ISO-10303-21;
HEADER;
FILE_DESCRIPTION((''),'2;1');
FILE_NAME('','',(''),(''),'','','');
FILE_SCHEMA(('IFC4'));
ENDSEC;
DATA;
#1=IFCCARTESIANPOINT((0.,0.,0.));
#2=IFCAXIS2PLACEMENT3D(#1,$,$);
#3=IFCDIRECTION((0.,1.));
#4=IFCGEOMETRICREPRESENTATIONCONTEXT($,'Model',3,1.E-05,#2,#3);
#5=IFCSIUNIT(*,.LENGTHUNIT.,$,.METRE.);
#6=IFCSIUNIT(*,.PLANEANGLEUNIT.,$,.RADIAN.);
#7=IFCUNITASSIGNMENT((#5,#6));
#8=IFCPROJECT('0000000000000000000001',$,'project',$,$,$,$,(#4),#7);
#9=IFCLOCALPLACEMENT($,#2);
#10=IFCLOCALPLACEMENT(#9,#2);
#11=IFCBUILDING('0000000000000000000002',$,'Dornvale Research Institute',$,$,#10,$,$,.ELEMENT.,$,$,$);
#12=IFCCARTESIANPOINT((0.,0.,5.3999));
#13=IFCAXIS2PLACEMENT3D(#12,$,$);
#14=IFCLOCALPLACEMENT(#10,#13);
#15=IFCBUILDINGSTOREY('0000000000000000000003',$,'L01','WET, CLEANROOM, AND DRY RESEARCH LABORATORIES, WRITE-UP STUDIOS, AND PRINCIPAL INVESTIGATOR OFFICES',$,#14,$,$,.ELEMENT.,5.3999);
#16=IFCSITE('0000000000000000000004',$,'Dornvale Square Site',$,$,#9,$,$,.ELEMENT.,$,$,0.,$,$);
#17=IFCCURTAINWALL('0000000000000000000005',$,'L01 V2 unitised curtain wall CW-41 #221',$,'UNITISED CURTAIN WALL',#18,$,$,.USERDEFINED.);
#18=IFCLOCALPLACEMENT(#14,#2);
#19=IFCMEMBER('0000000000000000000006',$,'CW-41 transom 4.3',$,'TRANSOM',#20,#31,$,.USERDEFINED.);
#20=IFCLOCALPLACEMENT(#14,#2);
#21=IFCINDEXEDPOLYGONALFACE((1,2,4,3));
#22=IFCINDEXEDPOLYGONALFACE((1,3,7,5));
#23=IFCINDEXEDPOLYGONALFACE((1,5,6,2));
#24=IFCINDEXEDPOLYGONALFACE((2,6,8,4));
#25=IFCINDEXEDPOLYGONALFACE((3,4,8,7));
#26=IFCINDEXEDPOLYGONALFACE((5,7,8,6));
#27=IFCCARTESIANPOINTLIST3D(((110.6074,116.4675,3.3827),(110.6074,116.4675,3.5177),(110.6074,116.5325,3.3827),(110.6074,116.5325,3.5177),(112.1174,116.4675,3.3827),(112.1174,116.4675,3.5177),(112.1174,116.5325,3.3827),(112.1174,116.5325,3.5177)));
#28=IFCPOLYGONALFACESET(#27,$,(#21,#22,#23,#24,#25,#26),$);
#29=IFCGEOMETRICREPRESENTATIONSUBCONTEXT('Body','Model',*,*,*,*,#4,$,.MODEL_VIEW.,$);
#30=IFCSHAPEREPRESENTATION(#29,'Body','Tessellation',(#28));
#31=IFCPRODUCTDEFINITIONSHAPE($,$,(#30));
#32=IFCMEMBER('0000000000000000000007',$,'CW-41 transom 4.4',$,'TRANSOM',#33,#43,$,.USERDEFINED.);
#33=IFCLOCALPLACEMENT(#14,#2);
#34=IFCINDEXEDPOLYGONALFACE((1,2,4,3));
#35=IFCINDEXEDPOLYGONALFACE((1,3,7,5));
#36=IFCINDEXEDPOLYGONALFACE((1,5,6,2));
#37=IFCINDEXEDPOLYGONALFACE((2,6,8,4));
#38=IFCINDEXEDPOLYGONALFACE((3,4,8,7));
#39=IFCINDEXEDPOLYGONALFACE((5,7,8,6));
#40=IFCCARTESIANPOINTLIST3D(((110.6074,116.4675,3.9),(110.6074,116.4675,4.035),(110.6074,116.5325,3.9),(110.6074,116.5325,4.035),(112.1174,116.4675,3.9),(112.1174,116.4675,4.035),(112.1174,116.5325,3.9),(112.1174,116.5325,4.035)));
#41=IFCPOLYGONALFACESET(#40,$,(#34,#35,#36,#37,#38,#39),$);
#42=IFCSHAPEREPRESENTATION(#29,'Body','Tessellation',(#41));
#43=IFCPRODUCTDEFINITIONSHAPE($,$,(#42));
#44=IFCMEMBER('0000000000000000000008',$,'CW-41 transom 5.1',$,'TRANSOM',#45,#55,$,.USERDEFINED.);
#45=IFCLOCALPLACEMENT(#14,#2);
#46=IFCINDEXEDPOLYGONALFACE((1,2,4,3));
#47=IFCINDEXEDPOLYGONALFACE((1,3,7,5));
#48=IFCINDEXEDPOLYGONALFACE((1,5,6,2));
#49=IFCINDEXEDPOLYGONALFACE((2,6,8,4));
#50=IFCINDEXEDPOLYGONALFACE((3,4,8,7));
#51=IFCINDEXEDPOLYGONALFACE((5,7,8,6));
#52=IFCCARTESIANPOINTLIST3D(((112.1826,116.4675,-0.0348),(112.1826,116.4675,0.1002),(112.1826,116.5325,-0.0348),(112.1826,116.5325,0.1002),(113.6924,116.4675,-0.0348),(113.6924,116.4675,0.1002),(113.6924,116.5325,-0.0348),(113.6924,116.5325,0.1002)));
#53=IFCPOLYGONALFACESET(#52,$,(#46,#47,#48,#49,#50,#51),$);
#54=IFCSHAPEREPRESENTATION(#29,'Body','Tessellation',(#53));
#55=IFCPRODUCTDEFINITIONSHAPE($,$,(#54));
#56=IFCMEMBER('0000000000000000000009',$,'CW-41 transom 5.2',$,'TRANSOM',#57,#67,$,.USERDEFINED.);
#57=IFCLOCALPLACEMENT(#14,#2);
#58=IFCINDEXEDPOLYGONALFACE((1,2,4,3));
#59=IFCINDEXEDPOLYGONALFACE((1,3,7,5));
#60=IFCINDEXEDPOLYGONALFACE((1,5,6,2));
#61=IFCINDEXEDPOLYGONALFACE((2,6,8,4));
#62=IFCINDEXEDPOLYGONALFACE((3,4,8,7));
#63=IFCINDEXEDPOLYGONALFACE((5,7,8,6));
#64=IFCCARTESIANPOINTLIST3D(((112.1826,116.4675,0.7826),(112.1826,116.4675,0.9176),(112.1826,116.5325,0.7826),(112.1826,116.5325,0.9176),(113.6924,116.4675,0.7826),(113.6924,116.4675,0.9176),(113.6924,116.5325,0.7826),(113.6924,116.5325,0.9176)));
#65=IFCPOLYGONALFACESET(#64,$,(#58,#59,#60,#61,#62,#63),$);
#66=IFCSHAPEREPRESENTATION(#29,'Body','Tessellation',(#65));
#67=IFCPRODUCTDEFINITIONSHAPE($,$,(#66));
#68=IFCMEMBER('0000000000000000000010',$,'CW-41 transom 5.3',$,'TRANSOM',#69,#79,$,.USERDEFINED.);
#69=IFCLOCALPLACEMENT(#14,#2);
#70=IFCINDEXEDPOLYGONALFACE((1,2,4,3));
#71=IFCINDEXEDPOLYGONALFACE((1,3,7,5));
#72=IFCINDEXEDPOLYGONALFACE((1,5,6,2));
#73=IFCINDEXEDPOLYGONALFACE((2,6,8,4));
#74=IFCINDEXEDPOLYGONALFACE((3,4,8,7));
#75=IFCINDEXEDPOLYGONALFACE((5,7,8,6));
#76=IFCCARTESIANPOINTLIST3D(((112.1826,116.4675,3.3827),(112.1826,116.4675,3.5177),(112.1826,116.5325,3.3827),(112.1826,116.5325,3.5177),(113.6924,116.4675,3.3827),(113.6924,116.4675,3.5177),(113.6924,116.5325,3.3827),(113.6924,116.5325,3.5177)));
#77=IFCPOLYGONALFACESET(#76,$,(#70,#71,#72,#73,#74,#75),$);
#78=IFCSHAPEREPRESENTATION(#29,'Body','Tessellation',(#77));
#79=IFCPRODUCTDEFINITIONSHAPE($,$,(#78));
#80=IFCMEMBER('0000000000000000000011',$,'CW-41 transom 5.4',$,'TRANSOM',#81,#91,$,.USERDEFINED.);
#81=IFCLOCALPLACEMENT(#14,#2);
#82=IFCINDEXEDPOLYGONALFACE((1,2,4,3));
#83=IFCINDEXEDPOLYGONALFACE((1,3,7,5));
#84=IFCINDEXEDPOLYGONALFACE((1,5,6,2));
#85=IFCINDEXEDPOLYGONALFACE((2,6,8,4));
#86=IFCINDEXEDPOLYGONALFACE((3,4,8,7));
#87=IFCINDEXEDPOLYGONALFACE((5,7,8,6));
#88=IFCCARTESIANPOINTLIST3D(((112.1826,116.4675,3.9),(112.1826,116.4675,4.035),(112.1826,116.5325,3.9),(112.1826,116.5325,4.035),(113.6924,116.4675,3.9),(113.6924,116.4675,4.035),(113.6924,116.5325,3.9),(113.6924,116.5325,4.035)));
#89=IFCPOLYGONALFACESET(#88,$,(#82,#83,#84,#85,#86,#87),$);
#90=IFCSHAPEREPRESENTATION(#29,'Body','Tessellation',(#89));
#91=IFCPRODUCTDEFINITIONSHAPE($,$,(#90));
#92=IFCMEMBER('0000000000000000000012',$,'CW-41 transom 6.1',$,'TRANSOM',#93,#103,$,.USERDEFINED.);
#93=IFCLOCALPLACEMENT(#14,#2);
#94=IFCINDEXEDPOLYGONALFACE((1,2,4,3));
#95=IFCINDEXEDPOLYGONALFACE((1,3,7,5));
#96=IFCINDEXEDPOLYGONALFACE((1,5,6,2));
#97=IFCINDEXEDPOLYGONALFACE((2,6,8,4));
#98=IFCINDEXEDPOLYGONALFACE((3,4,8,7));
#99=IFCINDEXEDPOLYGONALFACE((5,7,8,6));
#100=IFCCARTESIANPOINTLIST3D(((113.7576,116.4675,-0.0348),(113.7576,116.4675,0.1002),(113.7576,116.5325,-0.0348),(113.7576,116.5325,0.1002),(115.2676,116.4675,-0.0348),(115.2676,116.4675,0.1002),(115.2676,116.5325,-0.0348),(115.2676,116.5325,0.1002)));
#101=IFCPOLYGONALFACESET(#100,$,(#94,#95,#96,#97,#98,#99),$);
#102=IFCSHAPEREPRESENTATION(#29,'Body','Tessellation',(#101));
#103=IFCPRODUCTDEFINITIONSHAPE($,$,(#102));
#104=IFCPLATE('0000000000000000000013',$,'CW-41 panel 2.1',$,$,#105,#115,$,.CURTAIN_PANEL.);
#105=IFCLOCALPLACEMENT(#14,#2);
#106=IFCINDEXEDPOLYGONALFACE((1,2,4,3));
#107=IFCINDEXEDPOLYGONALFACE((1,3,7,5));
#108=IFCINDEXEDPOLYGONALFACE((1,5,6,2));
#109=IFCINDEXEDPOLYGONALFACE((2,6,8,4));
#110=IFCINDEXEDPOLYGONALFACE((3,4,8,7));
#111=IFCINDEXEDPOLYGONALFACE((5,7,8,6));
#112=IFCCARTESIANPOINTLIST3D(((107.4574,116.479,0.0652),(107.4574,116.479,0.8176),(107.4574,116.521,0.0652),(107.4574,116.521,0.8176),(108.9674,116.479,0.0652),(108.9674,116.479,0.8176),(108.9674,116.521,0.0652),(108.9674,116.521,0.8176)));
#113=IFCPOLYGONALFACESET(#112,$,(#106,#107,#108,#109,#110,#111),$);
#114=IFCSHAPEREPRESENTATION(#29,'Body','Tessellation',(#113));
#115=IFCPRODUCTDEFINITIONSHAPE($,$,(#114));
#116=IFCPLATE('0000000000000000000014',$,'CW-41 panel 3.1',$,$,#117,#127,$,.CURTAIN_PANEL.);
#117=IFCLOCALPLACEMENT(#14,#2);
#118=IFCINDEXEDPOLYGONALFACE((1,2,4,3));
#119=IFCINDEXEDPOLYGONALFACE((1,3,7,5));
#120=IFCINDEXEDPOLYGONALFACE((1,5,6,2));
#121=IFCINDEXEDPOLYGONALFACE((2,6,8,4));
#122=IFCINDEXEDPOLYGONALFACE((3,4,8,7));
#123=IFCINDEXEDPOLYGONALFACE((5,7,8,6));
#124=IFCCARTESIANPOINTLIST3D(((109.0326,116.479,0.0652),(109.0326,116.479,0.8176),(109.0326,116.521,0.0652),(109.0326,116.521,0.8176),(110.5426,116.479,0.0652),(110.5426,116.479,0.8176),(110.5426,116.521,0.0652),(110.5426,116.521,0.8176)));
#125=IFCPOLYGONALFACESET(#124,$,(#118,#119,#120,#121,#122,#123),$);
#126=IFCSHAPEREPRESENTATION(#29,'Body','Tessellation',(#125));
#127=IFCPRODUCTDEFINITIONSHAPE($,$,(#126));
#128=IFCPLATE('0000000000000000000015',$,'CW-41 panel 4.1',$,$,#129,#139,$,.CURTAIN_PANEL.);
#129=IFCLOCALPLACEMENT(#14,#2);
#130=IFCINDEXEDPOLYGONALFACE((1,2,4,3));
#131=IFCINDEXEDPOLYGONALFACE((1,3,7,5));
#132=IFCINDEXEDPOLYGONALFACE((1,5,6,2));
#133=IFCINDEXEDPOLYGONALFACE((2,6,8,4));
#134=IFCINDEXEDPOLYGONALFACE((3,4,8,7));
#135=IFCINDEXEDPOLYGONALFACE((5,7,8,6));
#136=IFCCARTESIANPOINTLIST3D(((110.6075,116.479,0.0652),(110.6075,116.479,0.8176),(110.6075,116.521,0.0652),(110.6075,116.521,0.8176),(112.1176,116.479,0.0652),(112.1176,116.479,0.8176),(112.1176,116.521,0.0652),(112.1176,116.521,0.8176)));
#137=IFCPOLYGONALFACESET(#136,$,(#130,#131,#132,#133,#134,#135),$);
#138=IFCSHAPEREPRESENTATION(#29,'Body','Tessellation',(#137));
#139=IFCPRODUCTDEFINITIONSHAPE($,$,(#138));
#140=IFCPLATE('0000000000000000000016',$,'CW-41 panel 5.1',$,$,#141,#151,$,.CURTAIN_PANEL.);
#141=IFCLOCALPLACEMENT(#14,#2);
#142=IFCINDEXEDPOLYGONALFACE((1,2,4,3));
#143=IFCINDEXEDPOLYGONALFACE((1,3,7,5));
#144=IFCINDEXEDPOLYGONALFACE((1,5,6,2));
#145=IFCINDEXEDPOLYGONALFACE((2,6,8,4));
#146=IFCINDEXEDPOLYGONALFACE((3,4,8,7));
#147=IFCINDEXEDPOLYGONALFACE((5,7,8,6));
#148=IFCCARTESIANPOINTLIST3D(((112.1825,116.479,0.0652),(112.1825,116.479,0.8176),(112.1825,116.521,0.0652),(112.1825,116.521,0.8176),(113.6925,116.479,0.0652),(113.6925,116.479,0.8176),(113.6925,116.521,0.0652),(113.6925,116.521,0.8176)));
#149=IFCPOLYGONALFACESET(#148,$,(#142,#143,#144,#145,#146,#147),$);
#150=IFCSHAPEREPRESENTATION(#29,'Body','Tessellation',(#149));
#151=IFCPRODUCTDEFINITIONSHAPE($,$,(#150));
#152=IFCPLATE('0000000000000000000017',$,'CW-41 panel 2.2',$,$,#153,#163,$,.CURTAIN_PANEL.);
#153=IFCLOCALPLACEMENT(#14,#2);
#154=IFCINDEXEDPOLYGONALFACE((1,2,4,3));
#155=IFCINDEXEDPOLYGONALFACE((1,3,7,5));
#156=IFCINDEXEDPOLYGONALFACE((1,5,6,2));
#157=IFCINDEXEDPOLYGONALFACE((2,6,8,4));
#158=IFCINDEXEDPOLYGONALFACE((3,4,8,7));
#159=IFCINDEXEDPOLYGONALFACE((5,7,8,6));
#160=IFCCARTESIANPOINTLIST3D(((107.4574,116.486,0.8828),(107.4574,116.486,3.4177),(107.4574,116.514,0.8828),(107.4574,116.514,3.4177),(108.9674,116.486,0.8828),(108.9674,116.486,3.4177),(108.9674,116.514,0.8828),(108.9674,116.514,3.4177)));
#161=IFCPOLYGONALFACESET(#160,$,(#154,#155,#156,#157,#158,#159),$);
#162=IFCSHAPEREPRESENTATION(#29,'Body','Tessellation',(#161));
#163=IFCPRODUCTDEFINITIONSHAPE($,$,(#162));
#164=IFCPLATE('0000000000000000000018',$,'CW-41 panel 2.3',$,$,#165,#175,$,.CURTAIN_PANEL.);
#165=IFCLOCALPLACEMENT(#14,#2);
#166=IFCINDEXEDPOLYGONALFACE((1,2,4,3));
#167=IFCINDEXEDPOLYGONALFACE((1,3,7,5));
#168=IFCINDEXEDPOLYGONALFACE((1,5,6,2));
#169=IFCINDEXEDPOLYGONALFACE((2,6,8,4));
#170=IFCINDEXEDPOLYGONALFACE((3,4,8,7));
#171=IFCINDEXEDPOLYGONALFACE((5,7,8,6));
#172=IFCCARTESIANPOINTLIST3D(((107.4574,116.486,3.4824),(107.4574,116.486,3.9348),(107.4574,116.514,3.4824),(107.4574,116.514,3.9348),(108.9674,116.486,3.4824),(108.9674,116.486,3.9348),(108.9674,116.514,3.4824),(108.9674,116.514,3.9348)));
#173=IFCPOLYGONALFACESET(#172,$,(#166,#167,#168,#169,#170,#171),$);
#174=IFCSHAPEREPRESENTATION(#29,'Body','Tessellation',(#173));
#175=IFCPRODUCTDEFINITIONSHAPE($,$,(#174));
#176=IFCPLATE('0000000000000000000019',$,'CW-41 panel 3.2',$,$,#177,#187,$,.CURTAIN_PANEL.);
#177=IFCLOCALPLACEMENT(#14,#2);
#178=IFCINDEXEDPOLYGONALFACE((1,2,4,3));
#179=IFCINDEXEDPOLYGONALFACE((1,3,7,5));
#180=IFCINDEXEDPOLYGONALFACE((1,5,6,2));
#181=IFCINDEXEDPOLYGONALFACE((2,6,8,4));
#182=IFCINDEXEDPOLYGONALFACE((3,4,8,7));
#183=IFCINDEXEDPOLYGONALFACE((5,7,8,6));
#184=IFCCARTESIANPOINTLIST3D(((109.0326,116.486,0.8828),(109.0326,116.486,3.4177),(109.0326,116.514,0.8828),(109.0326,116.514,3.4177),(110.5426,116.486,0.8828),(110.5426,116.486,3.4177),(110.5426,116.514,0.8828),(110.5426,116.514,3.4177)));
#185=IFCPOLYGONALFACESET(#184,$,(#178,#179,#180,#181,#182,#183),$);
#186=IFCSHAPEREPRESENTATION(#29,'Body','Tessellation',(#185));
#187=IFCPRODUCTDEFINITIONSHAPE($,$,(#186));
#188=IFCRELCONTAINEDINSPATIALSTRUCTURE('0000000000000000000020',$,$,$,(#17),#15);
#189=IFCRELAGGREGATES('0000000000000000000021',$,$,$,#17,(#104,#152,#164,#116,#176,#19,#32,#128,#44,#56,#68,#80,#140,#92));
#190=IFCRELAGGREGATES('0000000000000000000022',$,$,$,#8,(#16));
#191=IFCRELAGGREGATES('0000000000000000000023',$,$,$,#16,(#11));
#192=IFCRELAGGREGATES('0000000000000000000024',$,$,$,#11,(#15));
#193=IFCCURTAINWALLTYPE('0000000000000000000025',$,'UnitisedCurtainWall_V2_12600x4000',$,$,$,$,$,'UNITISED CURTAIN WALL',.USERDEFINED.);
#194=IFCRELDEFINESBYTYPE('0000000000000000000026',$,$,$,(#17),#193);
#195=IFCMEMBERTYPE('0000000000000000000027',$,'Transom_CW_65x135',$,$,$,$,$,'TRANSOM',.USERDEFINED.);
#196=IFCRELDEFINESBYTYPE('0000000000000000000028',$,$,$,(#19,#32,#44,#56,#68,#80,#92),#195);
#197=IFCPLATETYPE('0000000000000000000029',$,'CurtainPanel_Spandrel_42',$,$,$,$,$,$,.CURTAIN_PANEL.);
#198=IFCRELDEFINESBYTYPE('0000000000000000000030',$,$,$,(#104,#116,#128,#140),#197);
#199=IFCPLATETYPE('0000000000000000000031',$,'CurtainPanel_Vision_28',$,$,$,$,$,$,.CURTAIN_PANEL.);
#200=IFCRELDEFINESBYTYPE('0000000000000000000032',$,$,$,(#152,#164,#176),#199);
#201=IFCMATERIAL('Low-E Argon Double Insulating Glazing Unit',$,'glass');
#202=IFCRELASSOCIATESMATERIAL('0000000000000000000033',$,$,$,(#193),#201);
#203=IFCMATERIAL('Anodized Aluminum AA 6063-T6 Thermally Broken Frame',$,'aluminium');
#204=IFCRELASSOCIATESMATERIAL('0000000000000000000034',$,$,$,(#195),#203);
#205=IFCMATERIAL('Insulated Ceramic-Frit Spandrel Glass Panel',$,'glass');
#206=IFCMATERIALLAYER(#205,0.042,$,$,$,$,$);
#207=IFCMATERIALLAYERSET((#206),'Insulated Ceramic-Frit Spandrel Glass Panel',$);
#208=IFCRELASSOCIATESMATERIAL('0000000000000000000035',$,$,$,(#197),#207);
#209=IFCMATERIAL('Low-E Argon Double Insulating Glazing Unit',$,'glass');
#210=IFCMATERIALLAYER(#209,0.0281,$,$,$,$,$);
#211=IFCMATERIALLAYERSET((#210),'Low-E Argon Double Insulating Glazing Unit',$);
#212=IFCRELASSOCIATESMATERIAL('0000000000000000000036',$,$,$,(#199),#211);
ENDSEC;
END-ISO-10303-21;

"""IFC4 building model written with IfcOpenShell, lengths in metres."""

from ifc_helpers import new_model, si_unit, direction, frame, origin, origin_2d, place, context, subcontext, project, spatial, rectangle, extrude, material, layer, layer_set, material_profile, profile_set, type_object, element, aggregate, save


model = new_model("IFC4")

# Units and contexts
model_context = context("Model", 3, precision=1e-05, world=origin(), true_north=direction((0.0, 1.0)))
body_context = subcontext(model_context, "Body", "Model", "MODEL_VIEW")
ifc_project = project(units=[si_unit("LENGTHUNIT", "METRE"), si_unit("PLANEANGLEUNIT", "RADIAN")], contexts=[model_context])

# Site, building, storey
site_placement = place(None, origin())
site = spatial("IfcSite", under=ifc_project, at=site_placement, Name="Dornvale Square Site", CompositionType="ELEMENT", RefElevation=0.0)
building_placement = place(site_placement, origin())
building = spatial("IfcBuilding", under=site, at=building_placement, Name="Dornvale Research Institute", CompositionType="ELEMENT")
storey_placement = place(building_placement, frame((0.0, 0.0, 5.3999)))
storey = spatial("IfcBuildingStorey", under=building, at=storey_placement, Name="L01", Description="WET, CLEANROOM, AND DRY RESEARCH LABORATORIES, WRITE-UP STUDIOS, AND PRINCIPAL INVESTIGATOR OFFICES", CompositionType="ELEMENT", Elevation=5.3999)

# Curtain wall, members, plates
ifc_material_1 = material(Name="Low-E Argon Double Insulating Glazing Unit", Category="glass")
curtain_wall_type = type_object("IfcCurtainWallType", Name="UnitisedCurtainWall_V2_12600x4000", ElementType="UNITISED CURTAIN WALL", PredefinedType="USERDEFINED", material=ifc_material_1)
curtain_wall_placement = place(storey_placement, origin())
curtain_wall = element("IfcCurtainWall", 1, at=curtain_wall_placement, inside=storey, type_object=curtain_wall_type, Name="L01 V2 unitised curtain wall CW-41 #221", ObjectType="UNITISED CURTAIN WALL", PredefinedType="USERDEFINED")
ifc_material_2 = material(Name="Anodized Aluminum AA 6063-T6 Thermally Broken Frame", Category="aluminium")
ifc_material_profile_1 = material_profile(ifc_material_2, rectangle(XDim=0.0649, YDim=0.135, at=origin_2d()), Name="ALU TRANSOM 65x135")
ifc_profile_set_1 = profile_set([ifc_material_profile_1], Name="Anodized Aluminum AA 6063-T6 Thermally Broken Frame")
member_type_1 = type_object("IfcMemberType", Name="Transom_CW_65x135", ElementType="TRANSOM", PredefinedType="USERDEFINED", material=ifc_profile_set_1)
member_1_placement = place(storey_placement, frame((110.6074, 116.5, 3.4502), z_axis=(1.0, 0.0, 0.0), x_axis=(0.0, 1.0, 0.0)))
member_1 = element("IfcMember", 2, at=member_1_placement, type_object=member_type_1, Name="CW-41 transom 4.3", ObjectType="TRANSOM", PredefinedType="USERDEFINED", context=body_context, shape_type="SweptSolid", body=[
    extrude(rectangle(XDim=0.0649, YDim=0.135, at=origin_2d()), origin(), (0.0, 0.0, 1.0), 1.51),
])
member_2_placement = place(storey_placement, frame((110.6074, 116.5, 3.9675), z_axis=(1.0, 0.0, 0.0), x_axis=(0.0, 1.0, 0.0)))
member_2 = element("IfcMember", 3, at=member_2_placement, type_object=member_type_1, Name="CW-41 transom 4.4", ObjectType="TRANSOM", PredefinedType="USERDEFINED", context=body_context, shape_type="SweptSolid", body=[
    extrude(rectangle(XDim=0.0649, YDim=0.135, at=origin_2d()), origin(), (0.0, 0.0, 1.0), 1.51),
])
member_3_placement = place(storey_placement, frame((112.1826, 116.5, 0.0327), z_axis=(1.0, 0.0, 0.0), x_axis=(0.0, 1.0, 0.0)))
member_3 = element("IfcMember", 4, at=member_3_placement, type_object=member_type_1, Name="CW-41 transom 5.1", ObjectType="TRANSOM", PredefinedType="USERDEFINED", context=body_context, shape_type="SweptSolid", body=[
    extrude(rectangle(XDim=0.0649, YDim=0.135, at=origin_2d()), origin(), (0.0, 0.0, 1.0), 1.5098),
])
member_4_placement = place(storey_placement, frame((112.1826, 116.5, 0.8501), z_axis=(1.0, 0.0, 0.0), x_axis=(0.0, 1.0, 0.0)))
member_4 = element("IfcMember", 5, at=member_4_placement, type_object=member_type_1, Name="CW-41 transom 5.2", ObjectType="TRANSOM", PredefinedType="USERDEFINED", context=body_context, shape_type="SweptSolid", body=[
    extrude(rectangle(XDim=0.0649, YDim=0.135, at=origin_2d()), origin(), (0.0, 0.0, 1.0), 1.5098),
])
member_5_placement = place(storey_placement, frame((112.1826, 116.5, 3.4502), z_axis=(1.0, 0.0, 0.0), x_axis=(0.0, 1.0, 0.0)))
member_5 = element("IfcMember", 6, at=member_5_placement, type_object=member_type_1, Name="CW-41 transom 5.3", ObjectType="TRANSOM", PredefinedType="USERDEFINED", context=body_context, shape_type="SweptSolid", body=[
    extrude(rectangle(XDim=0.0649, YDim=0.135, at=origin_2d()), origin(), (0.0, 0.0, 1.0), 1.5098),
])
member_6_placement = place(storey_placement, frame((112.1826, 116.5, 3.9675), z_axis=(1.0, 0.0, 0.0), x_axis=(0.0, 1.0, 0.0)))
member_6 = element("IfcMember", 7, at=member_6_placement, type_object=member_type_1, Name="CW-41 transom 5.4", ObjectType="TRANSOM", PredefinedType="USERDEFINED", context=body_context, shape_type="SweptSolid", body=[
    extrude(rectangle(XDim=0.0649, YDim=0.135, at=origin_2d()), origin(), (0.0, 0.0, 1.0), 1.5098),
])
member_7_placement = place(storey_placement, frame((113.7576, 116.5, 0.0327), z_axis=(1.0, 0.0, 0.0), x_axis=(0.0, 1.0, 0.0)))
member_7 = element("IfcMember", 8, at=member_7_placement, type_object=member_type_1, Name="CW-41 transom 6.1", ObjectType="TRANSOM", PredefinedType="USERDEFINED", context=body_context, shape_type="SweptSolid", body=[
    extrude(rectangle(XDim=0.0649, YDim=0.135, at=origin_2d()), origin(), (0.0, 0.0, 1.0), 1.51),
])
ifc_material_3 = material(Name="Insulated Ceramic-Frit Spandrel Glass Panel", Category="glass")
ifc_layer_1 = layer(ifc_material_3, 0.042)
ifc_layer_set_1 = layer_set([ifc_layer_1], Name="Insulated Ceramic-Frit Spandrel Glass Panel")
plate_type_1 = type_object("IfcPlateType", Name="CurtainPanel_Spandrel_42", PredefinedType="CURTAIN_PANEL", material=ifc_layer_set_1)
plate_1_placement = place(storey_placement, frame((108.2124, 116.5, 0.0652), z_axis=(0.0, 0.0, 1.0), x_axis=(1.0, 0.0, 0.0)))
plate_1 = element("IfcPlate", 9, at=plate_1_placement, type_object=plate_type_1, Name="CW-41 panel 2.1", PredefinedType="CURTAIN_PANEL", context=body_context, shape_type="SweptSolid", body=[
    extrude(rectangle(XDim=1.51, YDim=0.042, at=origin_2d()), origin(), (0.0, 0.0, 1.0), 0.7524),
])
plate_2_placement = place(storey_placement, frame((109.7876, 116.5, 0.0652), z_axis=(0.0, 0.0, 1.0), x_axis=(1.0, 0.0, 0.0)))
plate_2 = element("IfcPlate", 10, at=plate_2_placement, type_object=plate_type_1, Name="CW-41 panel 3.1", PredefinedType="CURTAIN_PANEL", context=body_context, shape_type="SweptSolid", body=[
    extrude(rectangle(XDim=1.51, YDim=0.042, at=origin_2d()), origin(), (0.0, 0.0, 1.0), 0.7524),
])
plate_3_placement = place(storey_placement, frame((111.3625, 116.5, 0.0652), z_axis=(0.0, 0.0, 1.0), x_axis=(1.0, 0.0, 0.0)))
plate_3 = element("IfcPlate", 11, at=plate_3_placement, type_object=plate_type_1, Name="CW-41 panel 4.1", PredefinedType="CURTAIN_PANEL", context=body_context, shape_type="SweptSolid", body=[
    extrude(rectangle(XDim=1.51, YDim=0.042, at=origin_2d()), origin(), (0.0, 0.0, 1.0), 0.7524),
])
plate_4_placement = place(storey_placement, frame((112.9375, 116.5, 0.0652), z_axis=(0.0, 0.0, 1.0), x_axis=(1.0, 0.0, 0.0)))
plate_4 = element("IfcPlate", 12, at=plate_4_placement, type_object=plate_type_1, Name="CW-41 panel 5.1", PredefinedType="CURTAIN_PANEL", context=body_context, shape_type="SweptSolid", body=[
    extrude(rectangle(XDim=1.51, YDim=0.042, at=origin_2d()), origin(), (0.0, 0.0, 1.0), 0.7524),
])
ifc_material_4 = material(Name="Low-E Argon Double Insulating Glazing Unit", Category="glass")
ifc_layer_2 = layer(ifc_material_4, 0.0281)
ifc_layer_set_2 = layer_set([ifc_layer_2], Name="Low-E Argon Double Insulating Glazing Unit")
plate_type_2 = type_object("IfcPlateType", Name="CurtainPanel_Vision_28", PredefinedType="CURTAIN_PANEL", material=ifc_layer_set_2)
plate_5_placement = place(storey_placement, frame((108.2124, 116.5, 0.8828), z_axis=(0.0, 0.0, 1.0), x_axis=(1.0, 0.0, 0.0)))
plate_5 = element("IfcPlate", 13, at=plate_5_placement, type_object=plate_type_2, Name="CW-41 panel 2.2", PredefinedType="CURTAIN_PANEL", context=body_context, shape_type="SweptSolid", body=[
    extrude(rectangle(XDim=1.51, YDim=0.0281, at=origin_2d()), origin(), (0.0, 0.0, 1.0), 2.5349),
])
plate_6_placement = place(storey_placement, frame((108.2124, 116.5, 3.4824), z_axis=(0.0, 0.0, 1.0), x_axis=(1.0, 0.0, 0.0)))
plate_6 = element("IfcPlate", 14, at=plate_6_placement, type_object=plate_type_2, Name="CW-41 panel 2.3", PredefinedType="CURTAIN_PANEL", context=body_context, shape_type="SweptSolid", body=[
    extrude(rectangle(XDim=1.51, YDim=0.0281, at=origin_2d()), origin(), (0.0, 0.0, 1.0), 0.4524),
])
plate_7_placement = place(storey_placement, frame((109.7876, 116.5, 0.8828), z_axis=(0.0, 0.0, 1.0), x_axis=(1.0, 0.0, 0.0)))
plate_7 = element("IfcPlate", 15, at=plate_7_placement, type_object=plate_type_2, Name="CW-41 panel 3.2", PredefinedType="CURTAIN_PANEL", context=body_context, shape_type="SweptSolid", body=[
    extrude(rectangle(XDim=1.51, YDim=0.0281, at=origin_2d()), origin(), (0.0, 0.0, 1.0), 2.5349),
])
aggregate(curtain_wall, [plate_1, plate_5, plate_6, plate_2, plate_7, member_1, member_2, plate_3, member_3, member_4, member_5, member_6, plate_4, member_7])

save(model, "model.ifc")
